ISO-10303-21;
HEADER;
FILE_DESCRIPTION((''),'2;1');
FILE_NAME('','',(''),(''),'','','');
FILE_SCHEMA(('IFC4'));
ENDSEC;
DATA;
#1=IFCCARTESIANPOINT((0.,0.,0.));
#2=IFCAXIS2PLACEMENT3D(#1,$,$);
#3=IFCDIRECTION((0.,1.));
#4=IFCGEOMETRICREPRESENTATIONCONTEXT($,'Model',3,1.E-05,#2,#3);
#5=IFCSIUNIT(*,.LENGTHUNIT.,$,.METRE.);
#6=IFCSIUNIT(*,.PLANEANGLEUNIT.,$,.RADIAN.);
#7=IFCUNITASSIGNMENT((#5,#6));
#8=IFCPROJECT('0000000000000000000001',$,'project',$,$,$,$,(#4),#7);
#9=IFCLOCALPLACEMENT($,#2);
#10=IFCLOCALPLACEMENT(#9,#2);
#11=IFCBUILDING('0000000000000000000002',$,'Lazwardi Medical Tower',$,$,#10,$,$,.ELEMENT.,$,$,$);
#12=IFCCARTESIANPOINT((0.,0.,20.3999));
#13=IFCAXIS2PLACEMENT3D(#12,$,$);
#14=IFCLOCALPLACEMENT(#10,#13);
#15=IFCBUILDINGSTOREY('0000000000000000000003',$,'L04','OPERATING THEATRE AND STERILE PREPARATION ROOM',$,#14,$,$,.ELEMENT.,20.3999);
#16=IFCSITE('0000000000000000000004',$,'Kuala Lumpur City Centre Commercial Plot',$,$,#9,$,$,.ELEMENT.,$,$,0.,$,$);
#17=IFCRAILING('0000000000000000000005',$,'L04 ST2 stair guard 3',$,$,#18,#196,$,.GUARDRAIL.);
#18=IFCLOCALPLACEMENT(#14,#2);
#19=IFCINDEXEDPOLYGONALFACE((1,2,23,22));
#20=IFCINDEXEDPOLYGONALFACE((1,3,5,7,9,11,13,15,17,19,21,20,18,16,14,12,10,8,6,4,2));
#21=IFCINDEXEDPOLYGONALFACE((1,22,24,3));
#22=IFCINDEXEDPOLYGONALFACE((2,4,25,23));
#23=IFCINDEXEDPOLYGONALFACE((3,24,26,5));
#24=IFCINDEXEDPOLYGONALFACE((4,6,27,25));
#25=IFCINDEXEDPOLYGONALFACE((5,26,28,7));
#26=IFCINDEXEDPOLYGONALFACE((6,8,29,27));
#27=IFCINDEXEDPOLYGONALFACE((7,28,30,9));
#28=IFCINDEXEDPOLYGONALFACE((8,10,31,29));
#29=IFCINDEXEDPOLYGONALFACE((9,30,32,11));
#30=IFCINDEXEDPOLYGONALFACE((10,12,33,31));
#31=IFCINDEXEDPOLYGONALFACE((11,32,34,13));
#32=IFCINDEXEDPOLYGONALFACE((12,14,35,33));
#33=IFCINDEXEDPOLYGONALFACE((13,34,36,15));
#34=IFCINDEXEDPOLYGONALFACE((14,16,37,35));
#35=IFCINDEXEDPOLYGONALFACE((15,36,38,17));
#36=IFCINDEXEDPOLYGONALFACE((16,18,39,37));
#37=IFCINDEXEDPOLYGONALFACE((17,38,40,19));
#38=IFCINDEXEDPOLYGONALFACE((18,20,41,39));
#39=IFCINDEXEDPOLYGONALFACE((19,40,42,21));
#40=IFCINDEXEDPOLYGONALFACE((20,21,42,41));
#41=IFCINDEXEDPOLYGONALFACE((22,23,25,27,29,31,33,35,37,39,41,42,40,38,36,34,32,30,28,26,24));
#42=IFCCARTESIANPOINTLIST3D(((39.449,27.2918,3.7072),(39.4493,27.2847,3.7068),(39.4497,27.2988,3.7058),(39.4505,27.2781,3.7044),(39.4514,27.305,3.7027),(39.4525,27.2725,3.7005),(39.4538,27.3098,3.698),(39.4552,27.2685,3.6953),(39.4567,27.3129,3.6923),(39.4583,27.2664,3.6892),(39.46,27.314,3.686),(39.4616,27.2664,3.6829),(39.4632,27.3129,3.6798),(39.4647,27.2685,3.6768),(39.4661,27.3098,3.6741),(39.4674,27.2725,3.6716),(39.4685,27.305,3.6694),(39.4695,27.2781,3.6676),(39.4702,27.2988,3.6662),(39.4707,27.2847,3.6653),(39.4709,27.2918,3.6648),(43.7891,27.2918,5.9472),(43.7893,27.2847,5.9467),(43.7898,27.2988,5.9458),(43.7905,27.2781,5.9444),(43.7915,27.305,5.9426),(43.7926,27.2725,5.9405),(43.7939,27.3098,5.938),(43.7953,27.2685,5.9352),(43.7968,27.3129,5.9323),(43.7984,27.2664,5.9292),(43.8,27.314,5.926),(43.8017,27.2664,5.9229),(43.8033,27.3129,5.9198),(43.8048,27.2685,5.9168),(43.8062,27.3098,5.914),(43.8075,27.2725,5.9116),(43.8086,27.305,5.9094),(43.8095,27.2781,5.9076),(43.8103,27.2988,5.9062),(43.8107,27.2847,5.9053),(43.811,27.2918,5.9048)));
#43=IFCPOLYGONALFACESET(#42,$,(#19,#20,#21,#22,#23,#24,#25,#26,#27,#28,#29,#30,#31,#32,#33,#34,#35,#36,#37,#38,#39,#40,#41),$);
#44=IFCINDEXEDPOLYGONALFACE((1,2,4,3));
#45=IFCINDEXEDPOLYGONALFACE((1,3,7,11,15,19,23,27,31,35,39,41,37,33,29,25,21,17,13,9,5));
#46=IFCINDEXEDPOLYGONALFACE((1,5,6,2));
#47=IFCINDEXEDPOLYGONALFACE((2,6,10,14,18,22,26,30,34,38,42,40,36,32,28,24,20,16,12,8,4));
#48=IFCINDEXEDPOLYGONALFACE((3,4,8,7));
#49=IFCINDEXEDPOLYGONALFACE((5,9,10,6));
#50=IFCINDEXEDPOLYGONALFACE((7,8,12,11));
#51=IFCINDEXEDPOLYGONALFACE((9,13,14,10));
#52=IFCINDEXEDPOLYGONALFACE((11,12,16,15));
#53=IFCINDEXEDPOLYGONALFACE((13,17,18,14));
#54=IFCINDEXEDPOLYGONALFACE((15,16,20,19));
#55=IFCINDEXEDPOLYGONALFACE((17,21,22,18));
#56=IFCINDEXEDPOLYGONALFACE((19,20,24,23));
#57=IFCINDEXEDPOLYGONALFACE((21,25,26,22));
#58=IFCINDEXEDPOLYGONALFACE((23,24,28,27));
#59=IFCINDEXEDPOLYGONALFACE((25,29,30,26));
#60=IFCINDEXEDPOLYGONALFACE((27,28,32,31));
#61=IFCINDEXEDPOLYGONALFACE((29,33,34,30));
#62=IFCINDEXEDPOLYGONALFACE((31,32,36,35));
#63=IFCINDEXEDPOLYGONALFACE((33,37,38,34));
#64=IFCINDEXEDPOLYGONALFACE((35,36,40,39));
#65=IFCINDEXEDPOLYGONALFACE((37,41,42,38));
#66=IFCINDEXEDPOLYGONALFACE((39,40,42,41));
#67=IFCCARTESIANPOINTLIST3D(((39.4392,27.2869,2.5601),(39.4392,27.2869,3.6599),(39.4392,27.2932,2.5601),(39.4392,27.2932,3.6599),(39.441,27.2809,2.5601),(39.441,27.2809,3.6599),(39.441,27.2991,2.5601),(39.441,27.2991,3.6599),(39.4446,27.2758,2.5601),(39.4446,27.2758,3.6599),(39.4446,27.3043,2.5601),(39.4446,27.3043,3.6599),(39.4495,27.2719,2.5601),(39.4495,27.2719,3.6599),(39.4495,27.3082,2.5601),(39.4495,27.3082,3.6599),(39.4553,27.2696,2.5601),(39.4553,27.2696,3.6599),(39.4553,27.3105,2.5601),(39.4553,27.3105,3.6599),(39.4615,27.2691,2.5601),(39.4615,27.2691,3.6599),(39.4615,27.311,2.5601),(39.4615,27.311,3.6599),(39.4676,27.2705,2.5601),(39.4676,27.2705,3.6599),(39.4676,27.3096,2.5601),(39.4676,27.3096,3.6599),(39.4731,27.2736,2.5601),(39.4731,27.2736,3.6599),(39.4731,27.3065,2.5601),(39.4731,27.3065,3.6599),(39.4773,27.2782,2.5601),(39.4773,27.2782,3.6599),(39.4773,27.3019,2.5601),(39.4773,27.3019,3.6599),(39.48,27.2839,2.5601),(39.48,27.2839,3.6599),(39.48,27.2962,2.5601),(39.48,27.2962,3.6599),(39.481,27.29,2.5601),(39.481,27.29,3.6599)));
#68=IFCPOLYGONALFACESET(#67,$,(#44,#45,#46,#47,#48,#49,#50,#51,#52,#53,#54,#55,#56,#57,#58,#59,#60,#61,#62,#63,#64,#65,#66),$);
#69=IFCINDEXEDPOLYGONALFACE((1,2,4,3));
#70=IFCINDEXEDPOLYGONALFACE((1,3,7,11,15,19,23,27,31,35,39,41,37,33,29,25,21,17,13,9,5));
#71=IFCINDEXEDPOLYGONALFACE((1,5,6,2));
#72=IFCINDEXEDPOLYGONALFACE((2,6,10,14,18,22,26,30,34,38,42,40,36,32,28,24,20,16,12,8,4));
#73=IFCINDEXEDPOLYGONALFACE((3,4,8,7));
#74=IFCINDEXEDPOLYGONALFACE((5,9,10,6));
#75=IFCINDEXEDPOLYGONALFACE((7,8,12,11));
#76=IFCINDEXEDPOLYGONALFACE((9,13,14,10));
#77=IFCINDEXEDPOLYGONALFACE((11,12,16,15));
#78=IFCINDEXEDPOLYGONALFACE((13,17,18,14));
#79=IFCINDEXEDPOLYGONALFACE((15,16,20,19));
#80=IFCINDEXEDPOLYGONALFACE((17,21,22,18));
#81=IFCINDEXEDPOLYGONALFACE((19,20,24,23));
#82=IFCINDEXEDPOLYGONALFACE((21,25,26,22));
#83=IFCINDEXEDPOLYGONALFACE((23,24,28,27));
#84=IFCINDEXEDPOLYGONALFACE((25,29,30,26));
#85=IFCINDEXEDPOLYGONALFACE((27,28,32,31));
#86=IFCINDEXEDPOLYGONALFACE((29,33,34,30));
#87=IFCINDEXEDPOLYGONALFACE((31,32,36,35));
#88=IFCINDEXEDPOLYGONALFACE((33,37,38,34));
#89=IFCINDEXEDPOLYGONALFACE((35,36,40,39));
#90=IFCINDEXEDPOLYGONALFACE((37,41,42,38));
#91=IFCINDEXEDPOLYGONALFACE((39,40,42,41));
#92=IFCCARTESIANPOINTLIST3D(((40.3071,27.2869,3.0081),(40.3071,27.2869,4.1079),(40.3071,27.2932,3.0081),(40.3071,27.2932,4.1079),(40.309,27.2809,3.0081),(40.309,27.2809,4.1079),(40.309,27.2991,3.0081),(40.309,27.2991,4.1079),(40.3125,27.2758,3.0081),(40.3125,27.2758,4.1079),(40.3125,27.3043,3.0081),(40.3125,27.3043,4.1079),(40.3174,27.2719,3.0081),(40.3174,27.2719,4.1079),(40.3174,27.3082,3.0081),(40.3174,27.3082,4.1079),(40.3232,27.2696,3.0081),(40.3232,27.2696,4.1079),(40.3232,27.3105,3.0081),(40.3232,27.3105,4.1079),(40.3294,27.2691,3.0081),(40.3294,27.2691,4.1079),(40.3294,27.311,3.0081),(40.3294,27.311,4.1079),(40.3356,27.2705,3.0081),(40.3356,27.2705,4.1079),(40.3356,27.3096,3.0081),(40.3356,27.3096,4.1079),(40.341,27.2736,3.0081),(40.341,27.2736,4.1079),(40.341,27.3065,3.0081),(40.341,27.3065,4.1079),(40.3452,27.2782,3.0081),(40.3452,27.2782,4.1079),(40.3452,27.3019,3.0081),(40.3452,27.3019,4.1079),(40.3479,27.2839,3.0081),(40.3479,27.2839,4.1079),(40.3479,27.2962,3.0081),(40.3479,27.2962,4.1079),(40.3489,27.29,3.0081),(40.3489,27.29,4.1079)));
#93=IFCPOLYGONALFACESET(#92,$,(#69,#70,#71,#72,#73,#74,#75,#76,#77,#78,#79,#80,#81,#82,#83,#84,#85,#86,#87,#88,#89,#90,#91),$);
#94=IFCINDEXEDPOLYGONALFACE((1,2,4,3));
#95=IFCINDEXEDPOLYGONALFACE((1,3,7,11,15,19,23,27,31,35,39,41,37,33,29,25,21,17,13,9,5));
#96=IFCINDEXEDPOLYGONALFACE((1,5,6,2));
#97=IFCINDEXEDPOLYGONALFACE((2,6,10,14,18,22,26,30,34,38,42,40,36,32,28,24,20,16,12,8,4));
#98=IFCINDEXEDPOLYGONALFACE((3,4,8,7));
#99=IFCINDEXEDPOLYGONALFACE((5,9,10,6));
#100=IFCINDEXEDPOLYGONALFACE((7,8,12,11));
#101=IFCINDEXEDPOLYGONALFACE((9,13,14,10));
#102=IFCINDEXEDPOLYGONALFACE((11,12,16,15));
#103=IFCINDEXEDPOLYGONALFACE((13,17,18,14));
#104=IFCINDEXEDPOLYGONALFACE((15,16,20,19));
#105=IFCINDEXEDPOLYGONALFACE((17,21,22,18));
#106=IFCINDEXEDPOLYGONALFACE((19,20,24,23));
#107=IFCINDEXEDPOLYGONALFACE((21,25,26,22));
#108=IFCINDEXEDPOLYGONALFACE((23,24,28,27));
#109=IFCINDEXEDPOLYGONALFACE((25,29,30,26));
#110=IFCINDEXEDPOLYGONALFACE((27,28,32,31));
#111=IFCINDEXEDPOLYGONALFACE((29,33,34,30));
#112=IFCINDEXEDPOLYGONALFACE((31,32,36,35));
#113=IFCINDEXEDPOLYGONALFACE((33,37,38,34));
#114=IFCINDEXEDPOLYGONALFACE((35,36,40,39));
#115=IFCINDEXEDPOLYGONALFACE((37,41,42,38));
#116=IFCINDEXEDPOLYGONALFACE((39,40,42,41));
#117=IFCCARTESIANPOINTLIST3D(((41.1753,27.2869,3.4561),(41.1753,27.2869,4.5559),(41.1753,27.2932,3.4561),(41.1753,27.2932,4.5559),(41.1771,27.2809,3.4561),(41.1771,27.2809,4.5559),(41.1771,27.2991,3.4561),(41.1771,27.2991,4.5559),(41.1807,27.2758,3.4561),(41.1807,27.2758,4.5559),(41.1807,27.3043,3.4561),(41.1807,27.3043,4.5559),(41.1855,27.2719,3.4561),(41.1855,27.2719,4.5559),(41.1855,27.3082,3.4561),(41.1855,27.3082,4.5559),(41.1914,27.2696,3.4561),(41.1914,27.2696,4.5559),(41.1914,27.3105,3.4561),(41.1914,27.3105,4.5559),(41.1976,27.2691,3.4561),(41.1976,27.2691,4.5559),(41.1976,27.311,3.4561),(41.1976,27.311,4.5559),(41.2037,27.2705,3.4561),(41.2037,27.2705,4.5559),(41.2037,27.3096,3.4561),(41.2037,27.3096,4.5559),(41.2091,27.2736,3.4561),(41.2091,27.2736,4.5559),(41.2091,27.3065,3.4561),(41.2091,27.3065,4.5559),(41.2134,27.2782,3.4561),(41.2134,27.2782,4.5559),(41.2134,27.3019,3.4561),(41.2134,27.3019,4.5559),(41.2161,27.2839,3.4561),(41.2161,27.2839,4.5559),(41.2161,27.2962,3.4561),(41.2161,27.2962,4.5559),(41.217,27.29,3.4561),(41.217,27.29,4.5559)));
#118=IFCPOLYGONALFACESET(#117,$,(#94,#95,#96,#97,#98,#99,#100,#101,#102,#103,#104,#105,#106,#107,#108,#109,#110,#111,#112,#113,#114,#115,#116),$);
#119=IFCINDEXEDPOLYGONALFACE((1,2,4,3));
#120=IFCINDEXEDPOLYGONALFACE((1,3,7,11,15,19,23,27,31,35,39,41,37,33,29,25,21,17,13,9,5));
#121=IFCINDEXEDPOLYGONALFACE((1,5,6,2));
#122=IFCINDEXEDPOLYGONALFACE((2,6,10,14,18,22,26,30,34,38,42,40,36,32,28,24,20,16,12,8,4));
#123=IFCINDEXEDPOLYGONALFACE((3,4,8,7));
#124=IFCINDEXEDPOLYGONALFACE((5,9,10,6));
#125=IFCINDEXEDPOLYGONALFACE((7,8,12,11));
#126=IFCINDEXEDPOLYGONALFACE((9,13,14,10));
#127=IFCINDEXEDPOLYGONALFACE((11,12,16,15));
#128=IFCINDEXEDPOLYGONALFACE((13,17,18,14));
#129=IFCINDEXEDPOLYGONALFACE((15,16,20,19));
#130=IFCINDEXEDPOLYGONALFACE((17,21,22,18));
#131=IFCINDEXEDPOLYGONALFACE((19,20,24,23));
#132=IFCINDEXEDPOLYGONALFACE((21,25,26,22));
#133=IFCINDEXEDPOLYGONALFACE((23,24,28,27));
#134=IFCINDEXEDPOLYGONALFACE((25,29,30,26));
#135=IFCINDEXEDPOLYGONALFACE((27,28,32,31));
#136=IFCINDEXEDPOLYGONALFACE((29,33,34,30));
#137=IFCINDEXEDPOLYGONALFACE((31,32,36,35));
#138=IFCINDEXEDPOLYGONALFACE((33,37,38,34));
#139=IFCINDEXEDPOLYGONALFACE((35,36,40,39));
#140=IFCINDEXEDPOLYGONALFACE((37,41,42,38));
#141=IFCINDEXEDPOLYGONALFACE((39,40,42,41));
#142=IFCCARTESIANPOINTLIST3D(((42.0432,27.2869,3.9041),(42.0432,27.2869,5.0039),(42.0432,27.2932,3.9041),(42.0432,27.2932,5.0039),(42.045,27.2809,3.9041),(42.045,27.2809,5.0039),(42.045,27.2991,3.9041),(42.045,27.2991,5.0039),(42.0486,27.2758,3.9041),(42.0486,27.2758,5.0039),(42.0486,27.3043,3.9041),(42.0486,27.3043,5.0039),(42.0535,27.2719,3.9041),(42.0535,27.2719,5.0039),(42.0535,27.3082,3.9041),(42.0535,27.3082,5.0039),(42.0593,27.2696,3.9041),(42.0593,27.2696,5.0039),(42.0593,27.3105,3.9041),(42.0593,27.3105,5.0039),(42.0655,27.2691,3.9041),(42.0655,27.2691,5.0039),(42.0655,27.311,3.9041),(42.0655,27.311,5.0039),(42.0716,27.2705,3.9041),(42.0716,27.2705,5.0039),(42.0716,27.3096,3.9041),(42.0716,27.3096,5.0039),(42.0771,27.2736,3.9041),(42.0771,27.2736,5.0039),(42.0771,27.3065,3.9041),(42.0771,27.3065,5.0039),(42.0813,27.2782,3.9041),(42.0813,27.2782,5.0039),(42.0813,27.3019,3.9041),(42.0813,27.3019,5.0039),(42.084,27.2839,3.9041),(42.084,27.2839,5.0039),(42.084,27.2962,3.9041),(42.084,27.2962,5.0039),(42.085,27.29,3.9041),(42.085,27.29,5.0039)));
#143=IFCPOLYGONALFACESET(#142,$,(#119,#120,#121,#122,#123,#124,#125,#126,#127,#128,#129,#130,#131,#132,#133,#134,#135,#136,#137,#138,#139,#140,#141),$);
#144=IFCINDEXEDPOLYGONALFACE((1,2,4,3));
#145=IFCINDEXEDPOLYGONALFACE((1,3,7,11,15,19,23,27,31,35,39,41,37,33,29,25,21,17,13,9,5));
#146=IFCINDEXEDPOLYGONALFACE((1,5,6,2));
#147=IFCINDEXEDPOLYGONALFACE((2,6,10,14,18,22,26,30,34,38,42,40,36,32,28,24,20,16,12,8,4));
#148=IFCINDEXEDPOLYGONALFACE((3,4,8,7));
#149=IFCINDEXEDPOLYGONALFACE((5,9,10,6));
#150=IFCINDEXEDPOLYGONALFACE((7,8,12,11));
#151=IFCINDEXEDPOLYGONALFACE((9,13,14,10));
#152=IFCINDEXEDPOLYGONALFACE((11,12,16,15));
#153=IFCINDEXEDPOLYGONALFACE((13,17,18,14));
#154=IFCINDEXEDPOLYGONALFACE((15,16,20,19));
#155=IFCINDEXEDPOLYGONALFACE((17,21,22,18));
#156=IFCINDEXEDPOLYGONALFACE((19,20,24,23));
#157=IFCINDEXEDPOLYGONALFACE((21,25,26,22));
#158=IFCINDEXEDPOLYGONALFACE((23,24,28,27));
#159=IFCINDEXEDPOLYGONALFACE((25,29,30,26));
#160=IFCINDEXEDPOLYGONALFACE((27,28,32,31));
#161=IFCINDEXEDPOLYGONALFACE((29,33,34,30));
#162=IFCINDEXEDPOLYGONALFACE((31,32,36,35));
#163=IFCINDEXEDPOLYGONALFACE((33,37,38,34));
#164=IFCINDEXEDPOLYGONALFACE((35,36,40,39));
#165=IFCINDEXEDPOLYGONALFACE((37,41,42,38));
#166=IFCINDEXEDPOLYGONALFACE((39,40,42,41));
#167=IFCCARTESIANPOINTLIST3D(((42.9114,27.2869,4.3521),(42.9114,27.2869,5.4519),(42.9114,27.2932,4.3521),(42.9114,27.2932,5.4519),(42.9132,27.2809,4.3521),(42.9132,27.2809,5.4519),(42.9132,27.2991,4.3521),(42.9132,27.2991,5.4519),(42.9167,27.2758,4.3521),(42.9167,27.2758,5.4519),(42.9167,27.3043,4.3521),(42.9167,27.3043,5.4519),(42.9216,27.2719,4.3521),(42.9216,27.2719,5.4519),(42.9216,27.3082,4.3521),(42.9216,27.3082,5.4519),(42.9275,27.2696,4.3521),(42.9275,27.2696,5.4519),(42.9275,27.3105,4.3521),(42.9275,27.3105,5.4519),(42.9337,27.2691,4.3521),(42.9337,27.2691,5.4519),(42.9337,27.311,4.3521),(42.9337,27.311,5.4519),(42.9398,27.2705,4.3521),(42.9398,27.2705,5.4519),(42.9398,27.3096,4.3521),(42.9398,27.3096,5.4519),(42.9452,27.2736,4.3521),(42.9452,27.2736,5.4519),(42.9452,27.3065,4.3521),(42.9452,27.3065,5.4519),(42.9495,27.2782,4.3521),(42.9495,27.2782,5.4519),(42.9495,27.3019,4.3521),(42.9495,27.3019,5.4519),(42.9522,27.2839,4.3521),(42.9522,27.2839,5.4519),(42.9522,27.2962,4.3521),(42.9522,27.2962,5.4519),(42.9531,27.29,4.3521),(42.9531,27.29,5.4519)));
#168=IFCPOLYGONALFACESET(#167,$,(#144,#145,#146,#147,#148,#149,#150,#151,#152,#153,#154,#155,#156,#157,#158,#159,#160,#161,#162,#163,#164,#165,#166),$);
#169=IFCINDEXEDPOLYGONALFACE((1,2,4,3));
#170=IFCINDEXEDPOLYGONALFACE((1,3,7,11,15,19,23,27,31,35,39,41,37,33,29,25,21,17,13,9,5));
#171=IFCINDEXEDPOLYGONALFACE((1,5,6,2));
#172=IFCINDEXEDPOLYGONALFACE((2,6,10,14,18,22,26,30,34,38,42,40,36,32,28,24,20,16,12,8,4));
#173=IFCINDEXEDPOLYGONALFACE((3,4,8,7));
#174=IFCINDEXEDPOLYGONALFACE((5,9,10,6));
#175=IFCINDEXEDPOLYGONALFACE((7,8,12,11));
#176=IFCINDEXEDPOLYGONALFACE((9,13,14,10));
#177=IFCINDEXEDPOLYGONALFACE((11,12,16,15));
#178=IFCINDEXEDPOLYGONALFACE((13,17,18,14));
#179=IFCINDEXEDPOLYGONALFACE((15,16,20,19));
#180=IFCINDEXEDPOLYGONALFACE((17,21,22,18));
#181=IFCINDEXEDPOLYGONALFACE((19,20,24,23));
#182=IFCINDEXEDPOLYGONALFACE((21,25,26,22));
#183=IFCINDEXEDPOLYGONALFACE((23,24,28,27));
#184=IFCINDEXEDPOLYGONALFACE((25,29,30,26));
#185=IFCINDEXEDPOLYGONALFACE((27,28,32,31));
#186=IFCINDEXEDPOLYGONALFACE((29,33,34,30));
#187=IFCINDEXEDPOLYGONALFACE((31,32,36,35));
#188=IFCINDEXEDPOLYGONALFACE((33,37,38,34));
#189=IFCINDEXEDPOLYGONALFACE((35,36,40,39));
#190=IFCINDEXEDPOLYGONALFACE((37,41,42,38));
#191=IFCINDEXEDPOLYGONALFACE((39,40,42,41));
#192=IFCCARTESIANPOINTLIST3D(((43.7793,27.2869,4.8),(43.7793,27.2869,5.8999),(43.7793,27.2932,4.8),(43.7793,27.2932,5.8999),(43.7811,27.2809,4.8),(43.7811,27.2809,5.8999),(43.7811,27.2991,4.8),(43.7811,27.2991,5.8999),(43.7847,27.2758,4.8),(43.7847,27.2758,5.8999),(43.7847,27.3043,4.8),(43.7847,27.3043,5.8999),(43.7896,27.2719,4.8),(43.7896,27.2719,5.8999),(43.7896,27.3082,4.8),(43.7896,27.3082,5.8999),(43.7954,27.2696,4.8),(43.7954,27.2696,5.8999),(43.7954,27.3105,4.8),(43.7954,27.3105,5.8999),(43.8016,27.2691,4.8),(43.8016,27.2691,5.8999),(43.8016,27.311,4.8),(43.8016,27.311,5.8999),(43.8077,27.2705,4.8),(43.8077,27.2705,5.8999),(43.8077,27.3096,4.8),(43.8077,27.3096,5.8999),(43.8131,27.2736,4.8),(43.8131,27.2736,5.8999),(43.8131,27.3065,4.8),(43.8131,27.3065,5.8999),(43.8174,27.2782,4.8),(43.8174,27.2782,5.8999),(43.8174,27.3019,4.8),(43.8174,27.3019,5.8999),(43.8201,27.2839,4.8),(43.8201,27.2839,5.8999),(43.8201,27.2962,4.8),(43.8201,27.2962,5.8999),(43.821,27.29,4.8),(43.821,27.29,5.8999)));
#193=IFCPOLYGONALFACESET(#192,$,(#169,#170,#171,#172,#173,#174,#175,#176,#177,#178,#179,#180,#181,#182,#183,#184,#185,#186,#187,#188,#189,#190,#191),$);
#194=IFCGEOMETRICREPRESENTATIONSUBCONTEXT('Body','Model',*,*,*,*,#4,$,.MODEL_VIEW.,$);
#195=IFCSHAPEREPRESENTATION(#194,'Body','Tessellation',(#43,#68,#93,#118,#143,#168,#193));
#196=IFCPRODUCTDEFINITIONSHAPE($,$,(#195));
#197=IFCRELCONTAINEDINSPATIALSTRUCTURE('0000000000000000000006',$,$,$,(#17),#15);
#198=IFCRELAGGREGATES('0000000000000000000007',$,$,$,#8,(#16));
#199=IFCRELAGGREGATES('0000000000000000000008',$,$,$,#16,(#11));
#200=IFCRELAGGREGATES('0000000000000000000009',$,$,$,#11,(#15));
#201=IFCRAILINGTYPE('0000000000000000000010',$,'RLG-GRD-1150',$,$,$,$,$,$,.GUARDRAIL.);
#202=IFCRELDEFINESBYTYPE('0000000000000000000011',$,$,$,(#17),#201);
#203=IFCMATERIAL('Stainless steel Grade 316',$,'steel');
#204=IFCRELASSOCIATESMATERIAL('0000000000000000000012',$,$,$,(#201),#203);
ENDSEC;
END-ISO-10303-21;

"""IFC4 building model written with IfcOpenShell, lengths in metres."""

from ifc_helpers import new_model, si_unit, direction, frame, origin, origin_2d, place, context, subcontext, project, spatial, circle, extrude, material, type_object, element, save


model = new_model("IFC4")

# Units and contexts
model_context = context("Model", 3, precision=1e-05, world=origin(), true_north=direction((0.0, 1.0)))
body_context = subcontext(model_context, "Body", "Model", "MODEL_VIEW")
ifc_project = project(units=[si_unit("LENGTHUNIT", "METRE"), si_unit("PLANEANGLEUNIT", "RADIAN")], contexts=[model_context])

# Site, building, storey
site_placement = place(None, origin())
site = spatial("IfcSite", under=ifc_project, at=site_placement, Name="Kuala Lumpur City Centre Commercial Plot", CompositionType="ELEMENT", RefElevation=0.0)
building_placement = place(site_placement, origin())
building = spatial("IfcBuilding", under=site, at=building_placement, Name="Lazwardi Medical Tower", CompositionType="ELEMENT")
storey_placement = place(building_placement, frame((0.0, 0.0, 20.3999)))
storey = spatial("IfcBuildingStorey", under=building, at=storey_placement, Name="L04", Description="OPERATING THEATRE AND STERILE PREPARATION ROOM", CompositionType="ELEMENT", Elevation=20.3999)

# Railing
ifc_material_1 = material(Name="Stainless steel Grade 316", Category="steel")
railing_type_1 = type_object("IfcRailingType", Name="RLG-GRD-1150", PredefinedType="GUARDRAIL", material=ifc_material_1)
railing_1_placement = place(storey_placement, frame((39.46, 27.29, 2.5601)))
element("IfcRailing", 1, at=railing_1_placement, inside=storey, type_object=railing_type_1, Name="L04 ST2 stair guard 3", PredefinedType="GUARDRAIL", context=body_context, shape_type="SweptSolid", body=[
    extrude(circle(Radius=0.0239, at=origin_2d()), frame((0.0, 0.0, 1.126), z_axis=(0.888625, 0.0, 0.458634), x_axis=(0.0, 1.0, 0.0)), (0.0, 0.0, 1.0), 4.884),
    extrude(circle(Radius=0.021, at=origin_2d()), origin(), (0.0, 0.0, 1.0), 1.0999),
    extrude(circle(Radius=0.021, at=origin_2d()), frame((0.8679, 0.0, 0.448)), (0.0, 0.0, 1.0), 1.0999),
    extrude(circle(Radius=0.021, at=origin_2d()), frame((1.7361, 0.0, 0.896)), (0.0, 0.0, 1.0), 1.0999),
    extrude(circle(Radius=0.021, at=origin_2d()), frame((2.604, 0.0, 1.344)), (0.0, 0.0, 1.0), 1.0999),
    extrude(circle(Radius=0.021, at=origin_2d()), frame((3.4722, 0.0, 1.792)), (0.0, 0.0, 1.0), 1.0999),
    extrude(circle(Radius=0.021, at=origin_2d()), frame((4.3401, 0.0, 2.24)), (0.0, 0.0, 1.0), 1.0999),
])

save(model, "model.ifc")
